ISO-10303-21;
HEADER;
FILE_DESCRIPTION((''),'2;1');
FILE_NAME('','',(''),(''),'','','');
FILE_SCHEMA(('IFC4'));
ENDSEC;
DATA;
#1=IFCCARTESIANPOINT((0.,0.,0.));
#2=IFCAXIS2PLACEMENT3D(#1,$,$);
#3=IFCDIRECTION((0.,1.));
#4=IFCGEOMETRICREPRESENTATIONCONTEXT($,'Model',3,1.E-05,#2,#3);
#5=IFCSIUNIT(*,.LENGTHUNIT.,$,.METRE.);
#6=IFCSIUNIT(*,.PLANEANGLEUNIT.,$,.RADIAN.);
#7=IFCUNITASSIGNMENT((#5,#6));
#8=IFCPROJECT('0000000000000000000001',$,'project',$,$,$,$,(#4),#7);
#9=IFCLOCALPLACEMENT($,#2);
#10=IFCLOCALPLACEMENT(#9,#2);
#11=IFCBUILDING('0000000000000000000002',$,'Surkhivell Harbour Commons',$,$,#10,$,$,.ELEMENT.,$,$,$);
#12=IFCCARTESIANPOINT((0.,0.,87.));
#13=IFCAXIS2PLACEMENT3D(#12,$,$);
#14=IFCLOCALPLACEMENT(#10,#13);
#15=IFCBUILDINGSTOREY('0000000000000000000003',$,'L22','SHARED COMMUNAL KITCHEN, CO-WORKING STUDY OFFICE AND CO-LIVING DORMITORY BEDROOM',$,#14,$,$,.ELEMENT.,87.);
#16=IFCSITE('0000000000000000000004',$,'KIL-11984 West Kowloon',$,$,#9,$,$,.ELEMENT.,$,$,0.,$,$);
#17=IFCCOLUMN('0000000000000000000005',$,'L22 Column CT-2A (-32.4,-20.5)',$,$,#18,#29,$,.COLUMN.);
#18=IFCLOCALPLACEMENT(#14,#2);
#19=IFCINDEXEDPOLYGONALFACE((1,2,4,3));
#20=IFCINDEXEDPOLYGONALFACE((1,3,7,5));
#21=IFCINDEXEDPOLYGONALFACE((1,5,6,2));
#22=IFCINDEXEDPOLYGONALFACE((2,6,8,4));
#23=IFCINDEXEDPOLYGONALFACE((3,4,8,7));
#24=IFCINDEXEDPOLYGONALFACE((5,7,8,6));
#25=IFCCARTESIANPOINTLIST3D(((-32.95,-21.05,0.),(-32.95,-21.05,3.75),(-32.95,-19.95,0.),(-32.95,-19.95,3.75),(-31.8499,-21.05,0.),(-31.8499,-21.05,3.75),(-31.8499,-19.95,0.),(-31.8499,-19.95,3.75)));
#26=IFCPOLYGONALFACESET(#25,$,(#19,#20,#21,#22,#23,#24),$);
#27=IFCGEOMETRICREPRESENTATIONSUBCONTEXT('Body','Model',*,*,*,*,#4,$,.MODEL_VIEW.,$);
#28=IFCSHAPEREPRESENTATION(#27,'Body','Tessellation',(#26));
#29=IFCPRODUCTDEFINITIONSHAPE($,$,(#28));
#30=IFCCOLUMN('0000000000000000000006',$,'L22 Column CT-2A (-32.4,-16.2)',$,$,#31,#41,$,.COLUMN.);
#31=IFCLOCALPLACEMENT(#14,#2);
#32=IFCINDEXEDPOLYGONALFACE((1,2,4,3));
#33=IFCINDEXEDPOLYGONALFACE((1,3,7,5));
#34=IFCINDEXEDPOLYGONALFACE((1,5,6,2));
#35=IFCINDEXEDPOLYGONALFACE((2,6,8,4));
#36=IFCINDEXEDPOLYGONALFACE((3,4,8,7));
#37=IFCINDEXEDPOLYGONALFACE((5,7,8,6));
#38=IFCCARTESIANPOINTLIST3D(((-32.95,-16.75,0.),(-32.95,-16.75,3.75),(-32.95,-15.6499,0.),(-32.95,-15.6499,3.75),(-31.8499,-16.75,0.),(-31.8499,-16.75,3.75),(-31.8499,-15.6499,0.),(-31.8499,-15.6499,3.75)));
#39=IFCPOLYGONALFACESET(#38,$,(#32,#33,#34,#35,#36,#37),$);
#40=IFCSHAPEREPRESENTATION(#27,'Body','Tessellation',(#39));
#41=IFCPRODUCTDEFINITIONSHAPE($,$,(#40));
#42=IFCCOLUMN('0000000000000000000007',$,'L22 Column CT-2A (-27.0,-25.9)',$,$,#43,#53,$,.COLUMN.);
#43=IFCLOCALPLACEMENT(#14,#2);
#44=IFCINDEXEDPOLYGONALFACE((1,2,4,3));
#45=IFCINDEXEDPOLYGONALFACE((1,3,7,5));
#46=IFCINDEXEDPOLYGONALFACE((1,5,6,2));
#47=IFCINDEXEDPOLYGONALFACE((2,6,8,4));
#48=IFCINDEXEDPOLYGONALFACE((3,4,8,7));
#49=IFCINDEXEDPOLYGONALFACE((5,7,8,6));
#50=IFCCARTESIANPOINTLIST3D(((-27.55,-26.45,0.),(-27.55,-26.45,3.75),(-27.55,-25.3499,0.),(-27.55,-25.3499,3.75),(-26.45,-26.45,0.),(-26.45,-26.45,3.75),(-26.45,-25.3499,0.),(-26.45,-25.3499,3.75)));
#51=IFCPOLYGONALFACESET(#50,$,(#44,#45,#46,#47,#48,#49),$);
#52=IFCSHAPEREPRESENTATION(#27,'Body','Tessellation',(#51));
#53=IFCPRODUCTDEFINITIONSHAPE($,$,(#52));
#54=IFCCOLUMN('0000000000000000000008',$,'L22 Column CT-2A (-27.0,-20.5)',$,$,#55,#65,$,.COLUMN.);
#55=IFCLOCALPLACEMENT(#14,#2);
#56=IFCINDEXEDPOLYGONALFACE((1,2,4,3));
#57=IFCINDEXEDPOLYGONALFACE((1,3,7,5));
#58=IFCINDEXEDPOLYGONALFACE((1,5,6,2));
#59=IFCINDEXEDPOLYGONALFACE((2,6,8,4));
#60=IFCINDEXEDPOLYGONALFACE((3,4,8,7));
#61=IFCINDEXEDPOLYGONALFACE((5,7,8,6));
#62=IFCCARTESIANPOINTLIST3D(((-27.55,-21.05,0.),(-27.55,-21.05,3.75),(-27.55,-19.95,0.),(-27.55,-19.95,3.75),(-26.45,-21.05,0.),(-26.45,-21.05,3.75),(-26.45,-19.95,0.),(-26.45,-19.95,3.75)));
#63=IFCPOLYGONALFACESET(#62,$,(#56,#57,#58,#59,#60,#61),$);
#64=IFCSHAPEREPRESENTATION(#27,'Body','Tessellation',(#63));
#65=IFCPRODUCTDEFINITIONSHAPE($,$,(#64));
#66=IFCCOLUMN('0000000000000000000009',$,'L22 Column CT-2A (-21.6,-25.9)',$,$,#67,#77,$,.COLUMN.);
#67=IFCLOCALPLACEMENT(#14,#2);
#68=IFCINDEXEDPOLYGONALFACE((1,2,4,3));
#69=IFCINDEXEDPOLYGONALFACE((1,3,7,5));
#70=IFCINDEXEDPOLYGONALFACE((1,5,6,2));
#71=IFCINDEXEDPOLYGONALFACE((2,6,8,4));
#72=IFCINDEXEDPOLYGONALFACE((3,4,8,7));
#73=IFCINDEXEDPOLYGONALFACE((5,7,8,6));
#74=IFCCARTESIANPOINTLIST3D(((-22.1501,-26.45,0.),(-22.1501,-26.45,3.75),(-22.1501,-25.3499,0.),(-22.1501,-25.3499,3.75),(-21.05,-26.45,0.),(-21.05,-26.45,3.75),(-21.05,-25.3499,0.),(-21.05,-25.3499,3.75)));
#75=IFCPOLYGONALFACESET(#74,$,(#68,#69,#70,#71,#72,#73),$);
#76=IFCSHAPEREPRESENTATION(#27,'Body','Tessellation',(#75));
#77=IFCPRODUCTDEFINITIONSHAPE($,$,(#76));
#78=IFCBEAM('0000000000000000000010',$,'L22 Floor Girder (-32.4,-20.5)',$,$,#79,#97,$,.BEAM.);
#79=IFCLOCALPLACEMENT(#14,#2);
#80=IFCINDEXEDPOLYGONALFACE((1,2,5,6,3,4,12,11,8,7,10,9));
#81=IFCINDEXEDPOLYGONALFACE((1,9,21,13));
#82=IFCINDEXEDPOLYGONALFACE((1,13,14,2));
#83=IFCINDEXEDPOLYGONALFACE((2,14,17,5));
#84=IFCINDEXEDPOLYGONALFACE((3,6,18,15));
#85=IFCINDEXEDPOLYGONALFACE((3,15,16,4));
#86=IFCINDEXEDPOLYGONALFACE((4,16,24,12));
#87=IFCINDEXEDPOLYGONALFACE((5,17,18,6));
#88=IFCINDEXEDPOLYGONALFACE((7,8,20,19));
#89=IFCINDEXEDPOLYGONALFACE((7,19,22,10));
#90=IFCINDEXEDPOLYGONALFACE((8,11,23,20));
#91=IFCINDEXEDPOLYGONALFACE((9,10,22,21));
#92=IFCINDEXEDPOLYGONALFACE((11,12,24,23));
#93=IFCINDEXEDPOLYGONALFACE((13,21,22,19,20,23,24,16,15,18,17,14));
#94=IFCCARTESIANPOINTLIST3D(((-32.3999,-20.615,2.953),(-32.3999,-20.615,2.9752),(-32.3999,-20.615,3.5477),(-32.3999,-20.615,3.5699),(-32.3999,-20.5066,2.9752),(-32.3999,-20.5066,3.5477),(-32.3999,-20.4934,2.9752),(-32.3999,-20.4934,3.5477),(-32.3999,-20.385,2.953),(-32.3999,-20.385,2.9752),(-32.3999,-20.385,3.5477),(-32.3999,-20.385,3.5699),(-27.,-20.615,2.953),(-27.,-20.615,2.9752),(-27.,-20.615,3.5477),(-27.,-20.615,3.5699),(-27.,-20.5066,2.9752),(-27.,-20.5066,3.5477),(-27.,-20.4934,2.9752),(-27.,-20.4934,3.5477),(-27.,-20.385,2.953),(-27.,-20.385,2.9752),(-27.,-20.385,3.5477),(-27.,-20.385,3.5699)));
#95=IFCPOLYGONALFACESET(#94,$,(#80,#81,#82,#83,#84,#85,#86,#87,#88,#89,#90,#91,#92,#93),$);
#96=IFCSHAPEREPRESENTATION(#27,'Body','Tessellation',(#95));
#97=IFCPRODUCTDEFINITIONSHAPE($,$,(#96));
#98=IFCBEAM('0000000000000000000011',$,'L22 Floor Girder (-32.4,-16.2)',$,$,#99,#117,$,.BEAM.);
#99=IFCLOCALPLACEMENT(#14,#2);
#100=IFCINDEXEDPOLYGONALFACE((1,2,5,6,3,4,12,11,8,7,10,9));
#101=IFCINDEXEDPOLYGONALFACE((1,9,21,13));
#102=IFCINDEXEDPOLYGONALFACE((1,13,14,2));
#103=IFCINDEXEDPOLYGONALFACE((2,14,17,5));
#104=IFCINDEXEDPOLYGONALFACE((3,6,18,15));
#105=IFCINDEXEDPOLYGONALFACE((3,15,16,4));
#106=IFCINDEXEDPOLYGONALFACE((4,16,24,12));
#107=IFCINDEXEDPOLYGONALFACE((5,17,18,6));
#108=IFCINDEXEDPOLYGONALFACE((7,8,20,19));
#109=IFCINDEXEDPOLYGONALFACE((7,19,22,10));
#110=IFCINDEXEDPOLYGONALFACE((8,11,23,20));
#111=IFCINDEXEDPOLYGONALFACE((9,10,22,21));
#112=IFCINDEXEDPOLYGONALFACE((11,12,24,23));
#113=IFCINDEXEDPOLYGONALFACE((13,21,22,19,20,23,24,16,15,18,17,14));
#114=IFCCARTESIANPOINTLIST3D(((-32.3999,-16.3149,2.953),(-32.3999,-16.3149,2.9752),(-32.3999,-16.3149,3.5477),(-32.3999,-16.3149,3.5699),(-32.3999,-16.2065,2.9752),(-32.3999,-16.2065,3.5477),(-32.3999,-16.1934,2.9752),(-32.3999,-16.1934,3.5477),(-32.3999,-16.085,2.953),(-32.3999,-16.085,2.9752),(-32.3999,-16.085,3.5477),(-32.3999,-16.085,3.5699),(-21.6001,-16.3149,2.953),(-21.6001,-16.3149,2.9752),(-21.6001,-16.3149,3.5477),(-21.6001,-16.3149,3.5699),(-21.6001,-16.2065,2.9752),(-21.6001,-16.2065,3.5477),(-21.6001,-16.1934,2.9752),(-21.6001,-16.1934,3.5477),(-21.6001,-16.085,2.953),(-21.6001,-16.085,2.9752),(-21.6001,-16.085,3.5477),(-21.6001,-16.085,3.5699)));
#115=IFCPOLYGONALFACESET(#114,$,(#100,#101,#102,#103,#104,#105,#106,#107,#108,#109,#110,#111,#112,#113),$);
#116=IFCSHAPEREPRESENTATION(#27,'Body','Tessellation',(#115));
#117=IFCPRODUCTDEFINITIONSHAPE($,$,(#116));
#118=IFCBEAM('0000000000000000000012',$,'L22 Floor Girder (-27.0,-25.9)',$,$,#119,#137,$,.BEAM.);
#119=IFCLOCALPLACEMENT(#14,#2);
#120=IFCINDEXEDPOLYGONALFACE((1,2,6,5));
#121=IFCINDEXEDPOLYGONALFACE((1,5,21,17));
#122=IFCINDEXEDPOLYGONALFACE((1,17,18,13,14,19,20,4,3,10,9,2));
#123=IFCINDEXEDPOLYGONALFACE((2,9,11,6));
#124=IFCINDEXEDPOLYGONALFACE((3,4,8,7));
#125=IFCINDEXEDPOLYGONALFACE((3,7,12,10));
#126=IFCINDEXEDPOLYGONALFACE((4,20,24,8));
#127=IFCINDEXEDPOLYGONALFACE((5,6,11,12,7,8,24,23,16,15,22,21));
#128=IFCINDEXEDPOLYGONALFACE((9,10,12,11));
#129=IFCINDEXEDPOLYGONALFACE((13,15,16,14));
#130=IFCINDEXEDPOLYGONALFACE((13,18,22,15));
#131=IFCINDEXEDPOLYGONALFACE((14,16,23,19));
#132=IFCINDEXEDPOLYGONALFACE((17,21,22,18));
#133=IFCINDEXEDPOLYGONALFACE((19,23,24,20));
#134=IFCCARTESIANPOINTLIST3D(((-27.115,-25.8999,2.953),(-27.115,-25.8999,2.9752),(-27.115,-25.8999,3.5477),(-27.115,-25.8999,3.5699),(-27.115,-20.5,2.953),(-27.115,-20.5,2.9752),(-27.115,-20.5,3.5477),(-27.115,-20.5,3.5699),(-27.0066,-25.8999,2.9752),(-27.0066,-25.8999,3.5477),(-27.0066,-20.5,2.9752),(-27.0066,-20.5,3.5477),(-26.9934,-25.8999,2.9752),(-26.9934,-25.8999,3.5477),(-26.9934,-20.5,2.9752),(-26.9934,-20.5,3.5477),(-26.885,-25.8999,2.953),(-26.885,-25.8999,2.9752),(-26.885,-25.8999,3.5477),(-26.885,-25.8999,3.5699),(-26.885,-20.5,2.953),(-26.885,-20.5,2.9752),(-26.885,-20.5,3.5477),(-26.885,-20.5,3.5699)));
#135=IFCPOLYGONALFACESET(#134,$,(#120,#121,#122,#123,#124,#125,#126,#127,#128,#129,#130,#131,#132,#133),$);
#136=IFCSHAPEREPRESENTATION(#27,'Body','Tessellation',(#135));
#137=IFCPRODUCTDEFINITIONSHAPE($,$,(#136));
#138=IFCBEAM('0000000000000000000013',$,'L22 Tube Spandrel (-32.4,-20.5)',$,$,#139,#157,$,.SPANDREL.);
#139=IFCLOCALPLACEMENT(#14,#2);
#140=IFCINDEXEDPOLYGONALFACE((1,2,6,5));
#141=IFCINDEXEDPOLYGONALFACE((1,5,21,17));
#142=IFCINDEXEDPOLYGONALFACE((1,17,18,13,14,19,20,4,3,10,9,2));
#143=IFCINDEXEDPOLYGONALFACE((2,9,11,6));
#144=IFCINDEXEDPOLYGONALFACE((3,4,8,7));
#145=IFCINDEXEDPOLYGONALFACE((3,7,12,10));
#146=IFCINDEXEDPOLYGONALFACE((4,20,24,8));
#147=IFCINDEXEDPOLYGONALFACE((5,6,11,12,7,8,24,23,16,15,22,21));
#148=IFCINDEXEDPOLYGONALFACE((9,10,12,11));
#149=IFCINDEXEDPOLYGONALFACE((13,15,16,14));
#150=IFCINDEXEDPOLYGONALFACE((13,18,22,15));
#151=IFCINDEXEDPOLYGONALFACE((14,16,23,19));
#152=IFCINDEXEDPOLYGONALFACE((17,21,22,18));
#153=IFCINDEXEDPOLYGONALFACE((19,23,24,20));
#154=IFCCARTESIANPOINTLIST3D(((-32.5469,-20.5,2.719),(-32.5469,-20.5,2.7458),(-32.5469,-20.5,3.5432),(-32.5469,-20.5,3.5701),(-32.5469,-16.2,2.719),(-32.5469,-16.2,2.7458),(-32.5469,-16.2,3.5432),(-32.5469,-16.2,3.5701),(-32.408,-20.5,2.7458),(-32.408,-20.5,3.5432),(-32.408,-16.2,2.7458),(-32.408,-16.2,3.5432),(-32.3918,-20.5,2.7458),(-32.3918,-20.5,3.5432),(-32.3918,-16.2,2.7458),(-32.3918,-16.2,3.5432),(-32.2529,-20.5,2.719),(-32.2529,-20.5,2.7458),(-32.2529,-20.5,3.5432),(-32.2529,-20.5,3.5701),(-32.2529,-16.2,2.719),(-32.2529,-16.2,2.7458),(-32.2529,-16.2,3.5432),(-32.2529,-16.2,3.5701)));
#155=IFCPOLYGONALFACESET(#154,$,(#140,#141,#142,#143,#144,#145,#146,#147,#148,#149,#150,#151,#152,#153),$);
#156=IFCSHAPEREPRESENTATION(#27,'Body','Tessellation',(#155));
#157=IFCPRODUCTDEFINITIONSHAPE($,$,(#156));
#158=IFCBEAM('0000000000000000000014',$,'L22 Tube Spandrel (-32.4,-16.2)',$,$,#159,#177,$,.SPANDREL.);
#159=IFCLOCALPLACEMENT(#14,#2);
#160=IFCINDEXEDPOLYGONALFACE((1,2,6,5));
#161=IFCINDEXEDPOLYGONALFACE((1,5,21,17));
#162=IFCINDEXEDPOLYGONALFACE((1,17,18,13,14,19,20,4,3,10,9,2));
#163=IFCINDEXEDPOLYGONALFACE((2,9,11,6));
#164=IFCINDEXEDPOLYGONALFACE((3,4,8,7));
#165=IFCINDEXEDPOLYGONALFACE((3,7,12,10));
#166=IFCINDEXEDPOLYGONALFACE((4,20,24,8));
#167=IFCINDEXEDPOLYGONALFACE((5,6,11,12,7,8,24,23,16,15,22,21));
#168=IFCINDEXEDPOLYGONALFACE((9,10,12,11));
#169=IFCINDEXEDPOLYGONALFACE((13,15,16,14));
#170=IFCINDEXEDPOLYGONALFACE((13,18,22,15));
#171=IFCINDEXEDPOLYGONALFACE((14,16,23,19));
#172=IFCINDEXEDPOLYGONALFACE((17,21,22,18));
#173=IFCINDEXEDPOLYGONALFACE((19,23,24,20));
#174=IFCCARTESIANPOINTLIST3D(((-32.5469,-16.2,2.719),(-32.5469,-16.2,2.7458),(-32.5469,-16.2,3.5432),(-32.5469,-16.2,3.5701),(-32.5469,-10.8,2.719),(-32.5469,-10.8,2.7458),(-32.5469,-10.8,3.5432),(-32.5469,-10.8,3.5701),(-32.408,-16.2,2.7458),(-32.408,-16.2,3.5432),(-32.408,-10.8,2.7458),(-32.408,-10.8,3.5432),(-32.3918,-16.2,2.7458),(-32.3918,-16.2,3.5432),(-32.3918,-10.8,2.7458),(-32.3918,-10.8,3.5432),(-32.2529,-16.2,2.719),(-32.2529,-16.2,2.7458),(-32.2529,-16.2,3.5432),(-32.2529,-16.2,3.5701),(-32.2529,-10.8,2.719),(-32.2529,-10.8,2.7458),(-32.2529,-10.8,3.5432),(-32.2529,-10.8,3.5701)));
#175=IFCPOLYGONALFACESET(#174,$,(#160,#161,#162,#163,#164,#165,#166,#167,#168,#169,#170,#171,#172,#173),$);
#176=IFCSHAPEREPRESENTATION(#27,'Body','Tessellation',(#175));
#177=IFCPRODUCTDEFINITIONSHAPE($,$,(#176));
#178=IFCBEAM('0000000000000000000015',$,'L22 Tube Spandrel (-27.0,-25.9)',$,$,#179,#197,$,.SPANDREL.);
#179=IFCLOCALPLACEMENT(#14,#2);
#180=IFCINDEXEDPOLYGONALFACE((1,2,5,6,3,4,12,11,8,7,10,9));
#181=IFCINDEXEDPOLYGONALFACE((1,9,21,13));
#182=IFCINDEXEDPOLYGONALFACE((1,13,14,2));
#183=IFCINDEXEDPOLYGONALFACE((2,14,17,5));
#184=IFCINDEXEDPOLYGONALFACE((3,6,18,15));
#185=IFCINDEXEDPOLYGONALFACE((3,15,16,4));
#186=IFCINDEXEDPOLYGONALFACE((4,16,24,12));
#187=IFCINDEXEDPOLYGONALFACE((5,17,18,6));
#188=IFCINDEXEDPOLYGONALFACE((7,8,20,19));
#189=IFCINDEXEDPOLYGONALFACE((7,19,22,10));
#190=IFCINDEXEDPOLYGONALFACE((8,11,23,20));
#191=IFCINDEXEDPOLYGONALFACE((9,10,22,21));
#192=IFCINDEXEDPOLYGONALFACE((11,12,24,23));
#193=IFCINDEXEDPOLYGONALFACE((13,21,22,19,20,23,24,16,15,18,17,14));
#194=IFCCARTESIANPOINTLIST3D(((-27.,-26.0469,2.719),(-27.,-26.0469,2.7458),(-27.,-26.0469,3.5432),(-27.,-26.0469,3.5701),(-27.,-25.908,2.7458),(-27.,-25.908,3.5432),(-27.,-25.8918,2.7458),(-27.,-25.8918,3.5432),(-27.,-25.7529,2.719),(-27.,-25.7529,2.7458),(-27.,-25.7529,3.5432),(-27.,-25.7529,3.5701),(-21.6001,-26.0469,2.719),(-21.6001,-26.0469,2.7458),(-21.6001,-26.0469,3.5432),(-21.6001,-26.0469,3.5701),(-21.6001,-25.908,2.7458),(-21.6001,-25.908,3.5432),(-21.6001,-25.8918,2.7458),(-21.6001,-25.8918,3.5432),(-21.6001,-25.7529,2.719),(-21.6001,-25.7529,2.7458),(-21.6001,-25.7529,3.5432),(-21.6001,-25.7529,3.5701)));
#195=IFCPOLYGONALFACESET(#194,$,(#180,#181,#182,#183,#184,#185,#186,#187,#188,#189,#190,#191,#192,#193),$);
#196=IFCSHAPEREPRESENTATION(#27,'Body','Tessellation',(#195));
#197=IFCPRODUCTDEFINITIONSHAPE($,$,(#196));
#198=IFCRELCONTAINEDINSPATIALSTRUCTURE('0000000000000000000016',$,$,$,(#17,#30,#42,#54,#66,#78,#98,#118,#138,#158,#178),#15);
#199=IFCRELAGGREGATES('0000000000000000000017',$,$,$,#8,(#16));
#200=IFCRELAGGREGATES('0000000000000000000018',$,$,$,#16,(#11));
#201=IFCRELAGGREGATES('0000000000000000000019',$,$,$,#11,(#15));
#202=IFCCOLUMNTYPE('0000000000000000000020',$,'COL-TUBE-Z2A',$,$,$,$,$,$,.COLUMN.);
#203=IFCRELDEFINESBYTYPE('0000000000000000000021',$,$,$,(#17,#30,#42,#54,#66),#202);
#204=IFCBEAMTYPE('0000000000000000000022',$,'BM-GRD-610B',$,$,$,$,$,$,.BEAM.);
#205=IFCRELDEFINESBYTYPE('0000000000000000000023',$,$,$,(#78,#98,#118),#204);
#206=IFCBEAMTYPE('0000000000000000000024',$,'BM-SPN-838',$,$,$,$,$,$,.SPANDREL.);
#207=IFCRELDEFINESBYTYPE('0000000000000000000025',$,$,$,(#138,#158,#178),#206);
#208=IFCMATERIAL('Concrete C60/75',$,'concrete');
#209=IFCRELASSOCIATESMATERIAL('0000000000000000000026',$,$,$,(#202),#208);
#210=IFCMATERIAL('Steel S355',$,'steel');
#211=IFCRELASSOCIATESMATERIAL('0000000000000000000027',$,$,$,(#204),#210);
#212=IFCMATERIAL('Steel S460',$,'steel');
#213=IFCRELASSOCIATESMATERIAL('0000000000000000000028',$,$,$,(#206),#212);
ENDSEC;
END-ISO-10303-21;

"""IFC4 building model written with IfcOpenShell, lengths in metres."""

from ifc_helpers import new_model, si_unit, direction, frame, origin, origin_2d, place, context, subcontext, project, spatial, rectangle, i_section, extrude, material, material_profile, profile_set, type_object, element, save


model = new_model("IFC4")

# Units and contexts
model_context = context("Model", 3, precision=1e-05, world=origin(), true_north=direction((0.0, 1.0)))
body_context = subcontext(model_context, "Body", "Model", "MODEL_VIEW")
ifc_project = project(units=[si_unit("LENGTHUNIT", "METRE"), si_unit("PLANEANGLEUNIT", "RADIAN")], contexts=[model_context])

# Site, building, storey
site_placement = place(None, origin())
site = spatial("IfcSite", under=ifc_project, at=site_placement, Name="KIL-11984 West Kowloon", CompositionType="ELEMENT", RefElevation=0.0)
building_placement = place(site_placement, origin())
building = spatial("IfcBuilding", under=site, at=building_placement, Name="Surkhivell Harbour Commons", CompositionType="ELEMENT")
storey_placement = place(building_placement, frame((0.0, 0.0, 87.0)))
storey = spatial("IfcBuildingStorey", under=building, at=storey_placement, Name="L22", Description="SHARED COMMUNAL KITCHEN, CO-WORKING STUDY OFFICE AND CO-LIVING DORMITORY BEDROOM", CompositionType="ELEMENT", Elevation=87.0)

# Columns
ifc_material_1 = material(Name="Concrete C60/75", Category="concrete")
ifc_material_profile_1 = material_profile(ifc_material_1, rectangle(XDim=1.1001, YDim=1.1001, at=origin_2d()), Name="RC-COL-1100x1100")
ifc_profile_set_1 = profile_set([ifc_material_profile_1], Name="Concrete C60/75")
column_type = type_object("IfcColumnType", Name="COL-TUBE-Z2A", PredefinedType="COLUMN", material=ifc_profile_set_1)
for number, where, z_axis, x_axis, name in (
    (1, (-32.3999, -20.5, 0.0), (0.0, 0.0, 1.0), (1.0, 0.0, 0.0), "L22 Column CT-2A (-32.4,-20.5)"),
    (2, (-32.3999, -16.2, 0.0), (0.0, 0.0, 1.0), (1.0, 0.0, 0.0), "L22 Column CT-2A (-32.4,-16.2)"),
    (3, (-27.0, -25.8999, 0.0), (0.0, 0.0, 1.0), (1.0, 0.0, 0.0), "L22 Column CT-2A (-27.0,-25.9)"),
    (4, (-27.0, -20.5, 0.0), (0.0, 0.0, 1.0), (1.0, 0.0, 0.0), "L22 Column CT-2A (-27.0,-20.5)"),
    (5, (-21.6001, -25.8999, 0.0), (0.0, 0.0, 1.0), (1.0, 0.0, 0.0), "L22 Column CT-2A (-21.6,-25.9)"),
):
    element("IfcColumn", number, at=place(storey_placement, frame(where, z_axis=z_axis, x_axis=x_axis)), inside=storey, type_object=column_type, Name=name, PredefinedType="COLUMN", context=body_context, shape_type="SweptSolid", body=[
        extrude(rectangle(XDim=1.1001, YDim=1.1001, at=origin_2d()), origin(), (0.0, 0.0, 1.0), 3.75),
    ])

# Beams
ifc_material_2 = material(Name="Steel S355", Category="steel")
ifc_material_profile_2 = material_profile(ifc_material_2, i_section(OverallWidth=0.23, OverallDepth=0.6169, WebThickness=0.0132, FlangeThickness=0.0222, at=origin_2d()), Name="UB610x229x140")
ifc_profile_set_2 = profile_set([ifc_material_profile_2], Name="Steel S355")
beam_type_1 = type_object("IfcBeamType", Name="BM-GRD-610B", PredefinedType="BEAM", material=ifc_profile_set_2)
beam_1_placement = place(storey_placement, frame((-32.3999, -20.5, 3.2615), z_axis=(1.0, 0.0, 0.0), x_axis=(0.0, 1.0, 0.0)))
element("IfcBeam", 6, at=beam_1_placement, inside=storey, type_object=beam_type_1, Name="L22 Floor Girder (-32.4,-20.5)", PredefinedType="BEAM", context=body_context, shape_type="SweptSolid", body=[
    extrude(i_section(OverallWidth=0.23, OverallDepth=0.6169, WebThickness=0.0132, FlangeThickness=0.0222, at=origin_2d()), origin(), (0.0, 0.0, 1.0), 5.3999),
])
beam_2_placement = place(storey_placement, frame((-32.3999, -16.2, 3.2615), z_axis=(1.0, 0.0, 0.0), x_axis=(0.0, 1.0, 0.0)))
element("IfcBeam", 7, at=beam_2_placement, inside=storey, type_object=beam_type_1, Name="L22 Floor Girder (-32.4,-16.2)", PredefinedType="BEAM", context=body_context, shape_type="SweptSolid", body=[
    extrude(i_section(OverallWidth=0.23, OverallDepth=0.6169, WebThickness=0.0132, FlangeThickness=0.0222, at=origin_2d()), origin(), (0.0, 0.0, 1.0), 10.7998),
])
beam_3_placement = place(storey_placement, frame((-27.0, -25.8999, 3.2615), z_axis=(0.0, 1.0, 0.0), x_axis=(-1.0, 0.0, 0.0)))
element("IfcBeam", 8, at=beam_3_placement, inside=storey, type_object=beam_type_1, Name="L22 Floor Girder (-27.0,-25.9)", PredefinedType="BEAM", context=body_context, shape_type="SweptSolid", body=[
    extrude(i_section(OverallWidth=0.23, OverallDepth=0.6169, WebThickness=0.0132, FlangeThickness=0.0222, at=origin_2d()), origin(), (0.0, 0.0, 1.0), 5.3999),
])
ifc_material_3 = material(Name="Steel S460", Category="steel")
ifc_material_profile_3 = material_profile(ifc_material_3, i_section(OverallWidth=0.2939, OverallDepth=0.8511, WebThickness=0.0161, FlangeThickness=0.0269, at=origin_2d()), Name="UB838x292x226")
ifc_profile_set_3 = profile_set([ifc_material_profile_3], Name="Steel S460")
beam_type_2 = type_object("IfcBeamType", Name="BM-SPN-838", PredefinedType="SPANDREL", material=ifc_profile_set_3)
beam_4_placement = place(storey_placement, frame((-32.3999, -20.5, 3.1445), z_axis=(0.0, 1.0, 0.0), x_axis=(-1.0, 0.0, 0.0)))
element("IfcBeam", 9, at=beam_4_placement, inside=storey, type_object=beam_type_2, Name="L22 Tube Spandrel (-32.4,-20.5)", PredefinedType="SPANDREL", context=body_context, shape_type="SweptSolid", body=[
    extrude(i_section(OverallWidth=0.2939, OverallDepth=0.8511, WebThickness=0.0161, FlangeThickness=0.0269, at=origin_2d()), origin(), (0.0, 0.0, 1.0), 4.3),
])
for number, where, z_axis, x_axis, name in (
    (10, (-32.3999, -16.2, 3.1445), (0.0, 1.0, 0.0), (-1.0, 0.0, 0.0), "L22 Tube Spandrel (-32.4,-16.2)"),
    (11, (-27.0, -25.8999, 3.1445), (1.0, 0.0, 0.0), (0.0, 1.0, 0.0), "L22 Tube Spandrel (-27.0,-25.9)"),
):
    element("IfcBeam", number, at=place(storey_placement, frame(where, z_axis=z_axis, x_axis=x_axis)), inside=storey, type_object=beam_type_2, Name=name, PredefinedType="SPANDREL", context=body_context, shape_type="SweptSolid", body=[
        extrude(i_section(OverallWidth=0.2939, OverallDepth=0.8511, WebThickness=0.0161, FlangeThickness=0.0269, at=origin_2d()), origin(), (0.0, 0.0, 1.0), 5.3999),
    ])

save(model, "model.ifc")
